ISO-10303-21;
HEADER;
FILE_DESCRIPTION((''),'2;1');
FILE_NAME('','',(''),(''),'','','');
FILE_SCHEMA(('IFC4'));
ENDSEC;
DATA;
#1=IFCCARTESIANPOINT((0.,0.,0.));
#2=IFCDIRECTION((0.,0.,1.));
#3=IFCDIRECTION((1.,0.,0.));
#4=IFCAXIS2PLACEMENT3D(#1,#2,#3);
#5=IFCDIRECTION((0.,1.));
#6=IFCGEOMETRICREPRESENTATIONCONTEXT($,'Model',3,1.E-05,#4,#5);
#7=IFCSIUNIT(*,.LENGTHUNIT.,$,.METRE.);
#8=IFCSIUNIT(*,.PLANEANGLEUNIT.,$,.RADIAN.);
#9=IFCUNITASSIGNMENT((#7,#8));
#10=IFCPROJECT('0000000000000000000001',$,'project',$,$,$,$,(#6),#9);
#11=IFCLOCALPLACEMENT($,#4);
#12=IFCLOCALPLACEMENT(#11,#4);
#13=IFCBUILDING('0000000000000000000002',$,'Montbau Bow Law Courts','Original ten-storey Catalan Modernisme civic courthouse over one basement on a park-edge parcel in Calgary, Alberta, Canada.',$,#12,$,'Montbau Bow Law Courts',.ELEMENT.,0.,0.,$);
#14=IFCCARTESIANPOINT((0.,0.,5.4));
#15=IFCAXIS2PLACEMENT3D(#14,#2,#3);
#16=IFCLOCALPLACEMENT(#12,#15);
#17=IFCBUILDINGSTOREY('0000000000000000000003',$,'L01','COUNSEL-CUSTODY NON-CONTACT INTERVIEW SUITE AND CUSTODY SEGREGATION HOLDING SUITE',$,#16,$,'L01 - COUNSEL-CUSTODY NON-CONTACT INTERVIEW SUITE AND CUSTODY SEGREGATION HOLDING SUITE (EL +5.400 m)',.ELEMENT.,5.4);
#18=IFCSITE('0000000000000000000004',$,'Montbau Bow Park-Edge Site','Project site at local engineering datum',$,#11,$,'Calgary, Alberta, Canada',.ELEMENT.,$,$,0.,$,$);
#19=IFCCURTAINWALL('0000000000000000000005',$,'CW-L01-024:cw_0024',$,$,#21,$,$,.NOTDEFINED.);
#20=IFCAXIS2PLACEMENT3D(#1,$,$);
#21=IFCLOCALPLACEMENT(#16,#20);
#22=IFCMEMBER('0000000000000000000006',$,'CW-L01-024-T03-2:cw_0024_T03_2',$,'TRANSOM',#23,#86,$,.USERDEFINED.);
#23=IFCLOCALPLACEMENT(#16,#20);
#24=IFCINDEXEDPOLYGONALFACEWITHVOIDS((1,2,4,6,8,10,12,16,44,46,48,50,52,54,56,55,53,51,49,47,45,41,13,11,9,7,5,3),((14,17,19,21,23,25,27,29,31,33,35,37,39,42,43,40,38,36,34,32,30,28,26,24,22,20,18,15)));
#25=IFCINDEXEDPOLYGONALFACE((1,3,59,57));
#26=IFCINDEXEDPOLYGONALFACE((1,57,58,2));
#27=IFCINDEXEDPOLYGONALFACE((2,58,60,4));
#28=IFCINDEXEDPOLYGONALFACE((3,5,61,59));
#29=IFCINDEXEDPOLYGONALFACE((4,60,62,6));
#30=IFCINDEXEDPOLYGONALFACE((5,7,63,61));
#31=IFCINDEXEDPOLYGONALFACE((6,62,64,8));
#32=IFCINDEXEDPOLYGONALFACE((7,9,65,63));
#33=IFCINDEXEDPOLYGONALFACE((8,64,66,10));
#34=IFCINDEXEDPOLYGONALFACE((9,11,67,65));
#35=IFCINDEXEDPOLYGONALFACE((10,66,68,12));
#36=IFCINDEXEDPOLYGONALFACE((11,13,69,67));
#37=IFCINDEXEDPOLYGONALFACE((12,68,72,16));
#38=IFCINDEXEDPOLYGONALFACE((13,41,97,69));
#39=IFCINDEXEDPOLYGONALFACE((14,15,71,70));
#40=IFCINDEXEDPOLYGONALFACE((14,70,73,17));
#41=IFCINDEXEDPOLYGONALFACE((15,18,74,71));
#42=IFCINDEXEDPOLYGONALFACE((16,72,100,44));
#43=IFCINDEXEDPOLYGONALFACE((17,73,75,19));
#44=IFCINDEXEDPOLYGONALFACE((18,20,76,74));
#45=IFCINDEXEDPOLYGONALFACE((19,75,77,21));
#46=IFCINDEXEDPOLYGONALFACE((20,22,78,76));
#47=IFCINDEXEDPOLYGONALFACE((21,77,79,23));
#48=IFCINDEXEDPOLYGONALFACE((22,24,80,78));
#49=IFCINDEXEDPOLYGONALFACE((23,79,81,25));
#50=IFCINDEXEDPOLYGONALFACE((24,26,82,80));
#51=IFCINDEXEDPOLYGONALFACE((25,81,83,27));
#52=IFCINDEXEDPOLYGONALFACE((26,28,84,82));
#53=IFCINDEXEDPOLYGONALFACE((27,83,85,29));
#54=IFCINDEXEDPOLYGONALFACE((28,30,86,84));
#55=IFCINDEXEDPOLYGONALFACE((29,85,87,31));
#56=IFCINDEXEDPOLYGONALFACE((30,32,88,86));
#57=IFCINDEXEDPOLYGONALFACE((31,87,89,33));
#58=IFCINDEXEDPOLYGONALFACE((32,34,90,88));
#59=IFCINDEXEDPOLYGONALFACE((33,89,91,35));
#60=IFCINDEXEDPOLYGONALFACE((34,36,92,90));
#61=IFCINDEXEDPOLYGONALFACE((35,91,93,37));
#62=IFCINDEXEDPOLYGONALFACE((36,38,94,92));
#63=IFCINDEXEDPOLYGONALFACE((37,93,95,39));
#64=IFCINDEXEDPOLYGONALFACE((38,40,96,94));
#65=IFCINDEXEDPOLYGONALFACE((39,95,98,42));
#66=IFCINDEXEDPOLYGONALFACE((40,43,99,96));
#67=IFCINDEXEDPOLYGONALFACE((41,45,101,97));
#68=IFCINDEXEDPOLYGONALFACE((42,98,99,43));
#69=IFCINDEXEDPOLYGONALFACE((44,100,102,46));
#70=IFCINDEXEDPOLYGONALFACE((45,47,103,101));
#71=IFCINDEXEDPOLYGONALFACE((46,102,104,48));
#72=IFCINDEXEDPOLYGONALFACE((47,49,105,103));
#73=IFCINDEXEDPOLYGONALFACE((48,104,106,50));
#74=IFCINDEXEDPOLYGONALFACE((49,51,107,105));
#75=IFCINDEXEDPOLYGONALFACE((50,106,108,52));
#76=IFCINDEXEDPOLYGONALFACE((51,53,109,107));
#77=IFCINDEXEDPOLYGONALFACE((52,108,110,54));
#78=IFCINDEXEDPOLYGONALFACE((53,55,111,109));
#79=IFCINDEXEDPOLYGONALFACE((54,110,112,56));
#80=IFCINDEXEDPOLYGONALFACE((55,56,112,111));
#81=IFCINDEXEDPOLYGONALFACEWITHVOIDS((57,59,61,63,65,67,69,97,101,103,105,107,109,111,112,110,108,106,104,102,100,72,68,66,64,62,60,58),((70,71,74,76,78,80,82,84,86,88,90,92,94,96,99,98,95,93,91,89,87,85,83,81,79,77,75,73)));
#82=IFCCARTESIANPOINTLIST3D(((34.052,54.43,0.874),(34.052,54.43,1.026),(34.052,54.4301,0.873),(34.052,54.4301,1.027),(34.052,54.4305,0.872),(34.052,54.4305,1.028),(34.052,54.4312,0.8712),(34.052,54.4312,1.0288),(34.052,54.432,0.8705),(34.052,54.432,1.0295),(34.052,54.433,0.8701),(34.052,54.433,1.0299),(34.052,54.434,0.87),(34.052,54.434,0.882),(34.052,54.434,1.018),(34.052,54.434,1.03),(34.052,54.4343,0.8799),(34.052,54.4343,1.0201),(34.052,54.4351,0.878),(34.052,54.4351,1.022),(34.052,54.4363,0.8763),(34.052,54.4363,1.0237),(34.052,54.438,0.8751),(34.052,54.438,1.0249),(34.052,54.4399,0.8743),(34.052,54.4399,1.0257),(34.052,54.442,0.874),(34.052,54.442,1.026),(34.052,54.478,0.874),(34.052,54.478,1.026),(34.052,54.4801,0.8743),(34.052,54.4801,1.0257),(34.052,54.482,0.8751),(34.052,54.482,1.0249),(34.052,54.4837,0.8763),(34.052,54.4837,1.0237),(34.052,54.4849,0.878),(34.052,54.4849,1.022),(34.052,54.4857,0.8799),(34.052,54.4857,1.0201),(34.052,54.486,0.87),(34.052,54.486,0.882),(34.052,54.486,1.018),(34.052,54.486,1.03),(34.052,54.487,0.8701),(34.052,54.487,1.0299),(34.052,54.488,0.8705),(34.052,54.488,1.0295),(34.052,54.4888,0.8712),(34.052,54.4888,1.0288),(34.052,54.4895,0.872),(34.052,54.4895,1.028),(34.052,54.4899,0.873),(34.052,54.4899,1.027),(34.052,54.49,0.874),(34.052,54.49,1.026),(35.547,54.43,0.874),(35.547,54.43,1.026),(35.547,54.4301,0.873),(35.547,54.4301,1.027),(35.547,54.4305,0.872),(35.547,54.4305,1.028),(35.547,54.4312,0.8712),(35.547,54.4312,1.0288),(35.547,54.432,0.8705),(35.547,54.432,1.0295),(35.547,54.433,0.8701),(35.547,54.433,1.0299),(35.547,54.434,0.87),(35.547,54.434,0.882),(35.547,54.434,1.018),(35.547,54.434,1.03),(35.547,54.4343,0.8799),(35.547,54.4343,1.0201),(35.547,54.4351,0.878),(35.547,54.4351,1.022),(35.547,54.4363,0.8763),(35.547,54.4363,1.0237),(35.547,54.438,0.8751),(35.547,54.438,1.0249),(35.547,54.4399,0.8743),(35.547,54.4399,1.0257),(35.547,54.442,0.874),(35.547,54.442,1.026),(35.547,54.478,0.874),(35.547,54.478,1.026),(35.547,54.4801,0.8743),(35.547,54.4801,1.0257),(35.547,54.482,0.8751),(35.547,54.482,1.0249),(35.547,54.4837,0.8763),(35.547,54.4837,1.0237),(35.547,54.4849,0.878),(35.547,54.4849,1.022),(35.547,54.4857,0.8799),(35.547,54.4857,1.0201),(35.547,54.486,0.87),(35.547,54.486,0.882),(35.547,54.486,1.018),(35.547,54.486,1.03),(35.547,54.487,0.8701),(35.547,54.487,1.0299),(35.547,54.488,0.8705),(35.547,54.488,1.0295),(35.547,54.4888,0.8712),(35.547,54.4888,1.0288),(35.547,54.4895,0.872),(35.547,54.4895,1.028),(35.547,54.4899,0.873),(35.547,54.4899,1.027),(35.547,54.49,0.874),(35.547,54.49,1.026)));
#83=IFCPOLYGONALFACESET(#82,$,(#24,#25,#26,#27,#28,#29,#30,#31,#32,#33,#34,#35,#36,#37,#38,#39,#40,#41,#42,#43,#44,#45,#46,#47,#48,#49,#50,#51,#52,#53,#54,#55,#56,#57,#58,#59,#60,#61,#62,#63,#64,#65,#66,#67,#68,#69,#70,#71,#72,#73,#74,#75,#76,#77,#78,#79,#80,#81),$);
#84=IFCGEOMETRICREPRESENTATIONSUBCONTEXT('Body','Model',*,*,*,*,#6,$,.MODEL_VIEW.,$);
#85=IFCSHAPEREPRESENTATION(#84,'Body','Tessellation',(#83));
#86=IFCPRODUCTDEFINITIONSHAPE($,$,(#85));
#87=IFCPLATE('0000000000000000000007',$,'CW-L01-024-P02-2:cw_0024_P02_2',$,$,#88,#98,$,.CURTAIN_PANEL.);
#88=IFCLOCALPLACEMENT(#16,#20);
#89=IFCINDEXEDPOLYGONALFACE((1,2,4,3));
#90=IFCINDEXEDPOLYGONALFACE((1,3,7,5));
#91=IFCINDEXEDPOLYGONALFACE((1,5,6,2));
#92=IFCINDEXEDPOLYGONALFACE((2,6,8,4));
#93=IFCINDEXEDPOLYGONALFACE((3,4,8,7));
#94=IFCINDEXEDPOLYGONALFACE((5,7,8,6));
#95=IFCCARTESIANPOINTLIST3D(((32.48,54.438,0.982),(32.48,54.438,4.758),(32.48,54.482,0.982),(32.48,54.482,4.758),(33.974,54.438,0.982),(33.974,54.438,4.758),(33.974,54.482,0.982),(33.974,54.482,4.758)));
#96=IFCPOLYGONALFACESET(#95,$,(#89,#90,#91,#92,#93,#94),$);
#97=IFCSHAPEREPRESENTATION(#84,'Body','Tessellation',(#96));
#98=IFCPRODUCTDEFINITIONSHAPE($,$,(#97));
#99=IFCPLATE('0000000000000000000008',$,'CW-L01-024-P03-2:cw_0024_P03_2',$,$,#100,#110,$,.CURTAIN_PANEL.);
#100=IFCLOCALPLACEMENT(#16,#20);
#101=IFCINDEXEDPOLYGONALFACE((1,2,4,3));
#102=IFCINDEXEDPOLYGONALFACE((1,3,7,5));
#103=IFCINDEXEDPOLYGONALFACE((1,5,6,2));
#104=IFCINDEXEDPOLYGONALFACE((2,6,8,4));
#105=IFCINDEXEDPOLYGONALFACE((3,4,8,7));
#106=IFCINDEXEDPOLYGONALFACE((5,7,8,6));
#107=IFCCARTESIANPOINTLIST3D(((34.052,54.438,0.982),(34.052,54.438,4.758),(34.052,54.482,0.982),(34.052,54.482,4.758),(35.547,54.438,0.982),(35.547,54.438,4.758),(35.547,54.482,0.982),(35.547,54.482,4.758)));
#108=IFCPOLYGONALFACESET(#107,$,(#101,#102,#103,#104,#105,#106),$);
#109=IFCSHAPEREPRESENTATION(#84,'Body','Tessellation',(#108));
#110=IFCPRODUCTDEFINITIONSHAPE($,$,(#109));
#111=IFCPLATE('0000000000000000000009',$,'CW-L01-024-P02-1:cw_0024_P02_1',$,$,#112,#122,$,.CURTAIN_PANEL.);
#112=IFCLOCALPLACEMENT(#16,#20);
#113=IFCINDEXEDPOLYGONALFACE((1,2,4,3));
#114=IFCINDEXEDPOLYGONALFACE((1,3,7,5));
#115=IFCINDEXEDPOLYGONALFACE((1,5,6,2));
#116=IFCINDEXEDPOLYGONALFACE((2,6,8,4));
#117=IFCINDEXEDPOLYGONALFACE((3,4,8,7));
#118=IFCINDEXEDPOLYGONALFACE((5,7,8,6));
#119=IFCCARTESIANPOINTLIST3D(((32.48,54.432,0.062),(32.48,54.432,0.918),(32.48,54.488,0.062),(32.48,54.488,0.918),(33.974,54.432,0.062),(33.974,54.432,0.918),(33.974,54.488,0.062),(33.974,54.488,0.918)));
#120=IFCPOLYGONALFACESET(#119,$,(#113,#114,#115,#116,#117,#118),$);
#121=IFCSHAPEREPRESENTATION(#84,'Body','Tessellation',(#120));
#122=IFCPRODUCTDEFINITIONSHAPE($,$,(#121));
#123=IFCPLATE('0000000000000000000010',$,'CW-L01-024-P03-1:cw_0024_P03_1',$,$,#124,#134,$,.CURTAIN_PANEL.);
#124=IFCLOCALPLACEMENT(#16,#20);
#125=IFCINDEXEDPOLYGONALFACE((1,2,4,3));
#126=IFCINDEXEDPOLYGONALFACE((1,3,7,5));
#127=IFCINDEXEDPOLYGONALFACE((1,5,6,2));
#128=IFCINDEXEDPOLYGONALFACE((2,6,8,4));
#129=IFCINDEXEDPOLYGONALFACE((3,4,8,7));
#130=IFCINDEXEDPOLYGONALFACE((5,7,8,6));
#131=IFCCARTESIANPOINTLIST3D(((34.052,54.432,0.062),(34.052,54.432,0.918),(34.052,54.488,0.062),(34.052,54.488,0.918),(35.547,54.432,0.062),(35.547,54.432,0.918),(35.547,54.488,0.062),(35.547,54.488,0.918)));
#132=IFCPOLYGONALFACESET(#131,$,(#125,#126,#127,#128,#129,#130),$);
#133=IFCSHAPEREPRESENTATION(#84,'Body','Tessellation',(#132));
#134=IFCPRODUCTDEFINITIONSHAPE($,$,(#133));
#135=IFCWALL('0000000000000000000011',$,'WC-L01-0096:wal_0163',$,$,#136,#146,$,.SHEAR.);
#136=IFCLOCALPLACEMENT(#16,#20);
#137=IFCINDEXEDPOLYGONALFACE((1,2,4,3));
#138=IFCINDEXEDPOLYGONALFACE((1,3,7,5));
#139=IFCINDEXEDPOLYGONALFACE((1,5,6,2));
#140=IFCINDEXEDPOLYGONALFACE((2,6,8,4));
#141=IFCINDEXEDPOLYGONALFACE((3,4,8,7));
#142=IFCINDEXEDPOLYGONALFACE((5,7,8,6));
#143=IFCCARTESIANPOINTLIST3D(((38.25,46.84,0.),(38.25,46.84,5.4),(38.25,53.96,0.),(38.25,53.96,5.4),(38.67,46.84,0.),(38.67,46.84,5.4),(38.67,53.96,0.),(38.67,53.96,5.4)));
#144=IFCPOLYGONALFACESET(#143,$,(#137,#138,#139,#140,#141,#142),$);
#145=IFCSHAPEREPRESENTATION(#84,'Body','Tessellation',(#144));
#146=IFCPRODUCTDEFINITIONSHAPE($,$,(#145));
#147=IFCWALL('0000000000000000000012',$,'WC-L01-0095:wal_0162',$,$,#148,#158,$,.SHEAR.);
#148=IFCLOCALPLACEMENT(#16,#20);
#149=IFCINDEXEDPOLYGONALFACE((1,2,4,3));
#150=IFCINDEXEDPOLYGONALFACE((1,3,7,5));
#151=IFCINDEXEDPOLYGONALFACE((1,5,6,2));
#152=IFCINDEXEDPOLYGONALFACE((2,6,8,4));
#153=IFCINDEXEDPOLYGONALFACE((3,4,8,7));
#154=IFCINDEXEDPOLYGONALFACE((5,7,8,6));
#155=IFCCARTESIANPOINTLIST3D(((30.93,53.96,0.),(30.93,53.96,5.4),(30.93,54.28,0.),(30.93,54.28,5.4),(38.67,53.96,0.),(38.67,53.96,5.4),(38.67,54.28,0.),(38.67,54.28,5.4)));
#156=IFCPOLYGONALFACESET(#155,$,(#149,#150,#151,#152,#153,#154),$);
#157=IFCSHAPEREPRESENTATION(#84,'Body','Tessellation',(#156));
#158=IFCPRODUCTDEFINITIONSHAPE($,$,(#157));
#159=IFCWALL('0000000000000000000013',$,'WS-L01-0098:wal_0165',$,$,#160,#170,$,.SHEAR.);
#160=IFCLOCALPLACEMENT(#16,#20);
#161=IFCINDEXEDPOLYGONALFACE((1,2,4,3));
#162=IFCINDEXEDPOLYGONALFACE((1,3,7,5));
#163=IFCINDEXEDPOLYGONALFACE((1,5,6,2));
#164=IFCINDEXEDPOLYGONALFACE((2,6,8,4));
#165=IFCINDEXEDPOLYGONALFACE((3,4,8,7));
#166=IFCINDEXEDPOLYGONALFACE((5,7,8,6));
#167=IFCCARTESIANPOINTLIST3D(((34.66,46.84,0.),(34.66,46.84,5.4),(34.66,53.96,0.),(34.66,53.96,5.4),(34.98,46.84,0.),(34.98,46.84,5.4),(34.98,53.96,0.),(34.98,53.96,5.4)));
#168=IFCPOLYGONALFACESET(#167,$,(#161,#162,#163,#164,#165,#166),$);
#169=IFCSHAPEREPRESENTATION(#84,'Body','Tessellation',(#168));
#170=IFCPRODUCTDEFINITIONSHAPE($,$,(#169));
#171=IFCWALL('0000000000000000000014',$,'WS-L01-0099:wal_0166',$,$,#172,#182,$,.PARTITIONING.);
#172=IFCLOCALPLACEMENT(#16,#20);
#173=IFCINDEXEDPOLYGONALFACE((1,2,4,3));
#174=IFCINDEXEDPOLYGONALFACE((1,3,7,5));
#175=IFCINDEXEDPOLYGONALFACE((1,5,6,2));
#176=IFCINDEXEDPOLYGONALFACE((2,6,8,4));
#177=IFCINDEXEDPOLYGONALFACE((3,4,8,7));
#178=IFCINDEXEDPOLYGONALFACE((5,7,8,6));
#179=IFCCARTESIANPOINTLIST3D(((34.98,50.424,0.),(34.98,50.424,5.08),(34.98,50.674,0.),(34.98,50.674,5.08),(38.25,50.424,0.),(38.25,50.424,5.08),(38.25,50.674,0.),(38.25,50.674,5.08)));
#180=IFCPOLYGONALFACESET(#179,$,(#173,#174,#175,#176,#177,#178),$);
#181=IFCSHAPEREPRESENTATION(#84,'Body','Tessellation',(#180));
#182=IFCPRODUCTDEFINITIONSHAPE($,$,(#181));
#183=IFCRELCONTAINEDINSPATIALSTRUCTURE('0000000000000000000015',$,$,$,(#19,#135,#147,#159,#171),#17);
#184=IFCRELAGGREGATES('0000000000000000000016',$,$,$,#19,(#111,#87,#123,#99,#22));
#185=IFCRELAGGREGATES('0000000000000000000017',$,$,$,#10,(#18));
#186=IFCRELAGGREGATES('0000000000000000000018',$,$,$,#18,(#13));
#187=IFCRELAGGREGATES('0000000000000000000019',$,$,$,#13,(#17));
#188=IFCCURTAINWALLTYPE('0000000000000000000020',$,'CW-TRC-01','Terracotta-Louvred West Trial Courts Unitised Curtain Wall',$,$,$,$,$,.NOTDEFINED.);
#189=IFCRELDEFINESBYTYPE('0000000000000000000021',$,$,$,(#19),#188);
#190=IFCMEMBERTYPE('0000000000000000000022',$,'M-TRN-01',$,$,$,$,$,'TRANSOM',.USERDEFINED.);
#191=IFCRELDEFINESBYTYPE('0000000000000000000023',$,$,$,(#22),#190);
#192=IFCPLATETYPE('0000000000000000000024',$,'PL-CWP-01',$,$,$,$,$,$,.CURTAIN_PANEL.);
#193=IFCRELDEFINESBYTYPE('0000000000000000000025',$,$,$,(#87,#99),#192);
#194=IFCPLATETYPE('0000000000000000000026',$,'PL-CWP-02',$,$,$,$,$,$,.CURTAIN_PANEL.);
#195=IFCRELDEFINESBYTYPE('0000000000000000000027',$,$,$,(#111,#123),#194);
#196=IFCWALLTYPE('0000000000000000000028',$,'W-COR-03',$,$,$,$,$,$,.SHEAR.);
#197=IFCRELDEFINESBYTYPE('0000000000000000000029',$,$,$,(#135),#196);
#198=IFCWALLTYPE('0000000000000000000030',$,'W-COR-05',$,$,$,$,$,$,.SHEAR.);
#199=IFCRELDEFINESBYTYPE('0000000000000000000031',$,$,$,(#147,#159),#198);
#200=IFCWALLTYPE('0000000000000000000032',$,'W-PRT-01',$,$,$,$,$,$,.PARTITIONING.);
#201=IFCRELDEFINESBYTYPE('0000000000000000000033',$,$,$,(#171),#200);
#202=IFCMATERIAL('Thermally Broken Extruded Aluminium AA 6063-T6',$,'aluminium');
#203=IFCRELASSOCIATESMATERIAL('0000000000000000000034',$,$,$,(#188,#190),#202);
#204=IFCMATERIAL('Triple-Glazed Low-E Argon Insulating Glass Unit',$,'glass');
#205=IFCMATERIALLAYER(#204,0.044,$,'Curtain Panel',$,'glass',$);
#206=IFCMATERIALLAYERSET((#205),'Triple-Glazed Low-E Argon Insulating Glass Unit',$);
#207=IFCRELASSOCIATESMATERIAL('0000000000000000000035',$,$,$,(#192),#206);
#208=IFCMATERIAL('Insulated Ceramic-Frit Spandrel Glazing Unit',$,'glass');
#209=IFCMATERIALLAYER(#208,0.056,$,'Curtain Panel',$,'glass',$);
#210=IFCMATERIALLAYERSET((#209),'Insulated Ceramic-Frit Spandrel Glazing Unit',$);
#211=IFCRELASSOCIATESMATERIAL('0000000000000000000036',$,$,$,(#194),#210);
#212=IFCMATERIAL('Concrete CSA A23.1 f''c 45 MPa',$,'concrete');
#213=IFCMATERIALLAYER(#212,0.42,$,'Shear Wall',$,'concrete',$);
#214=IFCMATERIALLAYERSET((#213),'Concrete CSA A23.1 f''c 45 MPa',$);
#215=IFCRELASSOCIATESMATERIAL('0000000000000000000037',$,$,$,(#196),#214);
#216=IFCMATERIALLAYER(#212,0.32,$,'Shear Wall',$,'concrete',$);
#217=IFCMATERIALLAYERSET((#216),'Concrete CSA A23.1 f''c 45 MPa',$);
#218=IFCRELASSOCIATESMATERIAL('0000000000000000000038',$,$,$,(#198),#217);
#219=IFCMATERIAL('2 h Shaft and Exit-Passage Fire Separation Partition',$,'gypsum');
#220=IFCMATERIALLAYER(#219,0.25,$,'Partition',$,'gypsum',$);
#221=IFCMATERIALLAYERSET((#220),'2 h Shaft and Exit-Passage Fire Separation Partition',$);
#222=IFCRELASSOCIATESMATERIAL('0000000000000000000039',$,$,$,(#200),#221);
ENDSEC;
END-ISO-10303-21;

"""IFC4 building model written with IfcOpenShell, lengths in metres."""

from ifc_helpers import new_model, si_unit, direction, frame, frame_2d, origin_with_axes, origin_2d_with_axis, place, context, subcontext, project, spatial, rectangle, hollow_rectangle, extrude, material, layer, layer_set, material_profile, profile_set, type_object, element, aggregate, save


model = new_model("IFC4")

# Units and contexts
model_context = context("Model", 3, precision=1e-05, world=origin_with_axes(), true_north=direction((0.0, 1.0)))
body_context = subcontext(model_context, "Body", "Model", "MODEL_VIEW")
ifc_project = project(units=[si_unit("LENGTHUNIT", "METRE"), si_unit("PLANEANGLEUNIT", "RADIAN")], contexts=[model_context])

# Site, building, storey
site_placement = place(None, origin_with_axes())
site = spatial("IfcSite", under=ifc_project, at=site_placement, Name="Montbau Bow Park-Edge Site", Description="Project site at local engineering datum", LongName="Calgary, Alberta, Canada", CompositionType="ELEMENT", RefElevation=0.0)
building_placement = place(site_placement, origin_with_axes())
building = spatial("IfcBuilding", under=site, at=building_placement, Name="Montbau Bow Law Courts", Description="Original ten-storey Catalan Modernisme civic courthouse over one basement on a park-edge parcel in Calgary, Alberta, Canada.", LongName="Montbau Bow Law Courts", CompositionType="ELEMENT", ElevationOfRefHeight=0.0, ElevationOfTerrain=0.0)
storey_placement = place(building_placement, frame((0.0, 0.0, 5.4), z_axis=(0.0, 0.0, 1.0), x_axis=(1.0, 0.0, 0.0)))
storey = spatial("IfcBuildingStorey", under=building, at=storey_placement, Name="L01", Description="COUNSEL-CUSTODY NON-CONTACT INTERVIEW SUITE AND CUSTODY SEGREGATION HOLDING SUITE", LongName="L01 - COUNSEL-CUSTODY NON-CONTACT INTERVIEW SUITE AND CUSTODY SEGREGATION HOLDING SUITE (EL +5.400 m)", CompositionType="ELEMENT", Elevation=5.4)

# Curtain wall
ifc_material_1 = material(Name="Thermally Broken Extruded Aluminium AA 6063-T6", Category="aluminium")
curtain_wall_type = type_object("IfcCurtainWallType", Name="CW-TRC-01", Description="Terracotta-Louvred West Trial Courts Unitised Curtain Wall", PredefinedType="NOTDEFINED", material=ifc_material_1)
curtain_wall_1_placement = place(None, frame((30.867, 54.46, 5.4), z_axis=(0.0, 0.0, 1.0), x_axis=(1.0, 0.0, 0.0)))
curtain_wall_1 = element("IfcCurtainWall", 1, at=curtain_wall_1_placement, inside=storey, type_object=curtain_wall_type, Name="CW-L01-024:cw_0024", PredefinedType="NOTDEFINED")

# Member
ifc_material_profile_1 = material_profile(ifc_material_1, hollow_rectangle(XDim=0.06, YDim=0.16, WallThickness=0.004, InnerFilletRadius=0.008, OuterFilletRadius=0.004, at=origin_2d_with_axis()), Name="CWT-160X60", Category="Main", Priority=0)
ifc_profile_set_1 = profile_set([ifc_material_profile_1], Name="Thermally Broken Extruded Aluminium AA 6063-T6")
member_type_1 = type_object("IfcMemberType", Name="M-TRN-01", ElementType="TRANSOM", PredefinedType="USERDEFINED", material=ifc_profile_set_1)
member_1_placement = place(None, frame((34.052, 54.46, 6.35), z_axis=(1.0, 0.0, 0.0), x_axis=(0.0, 1.0, 0.0)))
member_1 = element("IfcMember", 2, at=member_1_placement, type_object=member_type_1, Name="CW-L01-024-T03-2:cw_0024_T03_2", ObjectType="TRANSOM", PredefinedType="USERDEFINED", context=body_context, shape_type="SweptSolid", body=[
    extrude(hollow_rectangle(XDim=0.06, YDim=0.16, WallThickness=0.004, InnerFilletRadius=0.008, OuterFilletRadius=0.004, at=origin_2d_with_axis()), origin_with_axes(), (0.0, 0.0, 1.0), 1.495),
])

# Plates
ifc_material_2 = material(Name="Triple-Glazed Low-E Argon Insulating Glass Unit", Category="glass")
ifc_layer_1 = layer(ifc_material_2, 0.044, Name="Curtain Panel", Category="glass")
ifc_layer_set_1 = layer_set([ifc_layer_1], Name="Triple-Glazed Low-E Argon Insulating Glass Unit")
plate_type_1 = type_object("IfcPlateType", Name="PL-CWP-01", PredefinedType="CURTAIN_PANEL", material=ifc_layer_set_1)
plate_1_placement = place(None, frame((32.48, 54.46, 6.382), z_axis=(0.0, -1.0, 0.0), x_axis=(1.0, 0.0, 0.0)))
plate_1 = element("IfcPlate", 3, at=plate_1_placement, type_object=plate_type_1, Name="CW-L01-024-P02-2:cw_0024_P02_2", PredefinedType="CURTAIN_PANEL", context=body_context, shape_type="SweptSolid", body=[
    extrude(rectangle(XDim=1.494, YDim=3.776, at=frame_2d((0.747, 1.888), x_axis=(1.0, 0.0))), frame((0.0, 0.0, -0.022), z_axis=(0.0, 0.0, 1.0), x_axis=(1.0, 0.0, 0.0)), (0.0, 0.0, 1.0), 0.044),
])
plate_2_placement = place(None, frame((34.052, 54.46, 6.382), z_axis=(0.0, -1.0, 0.0), x_axis=(1.0, 0.0, 0.0)))
plate_2 = element("IfcPlate", 4, at=plate_2_placement, type_object=plate_type_1, Name="CW-L01-024-P03-2:cw_0024_P03_2", PredefinedType="CURTAIN_PANEL", context=body_context, shape_type="SweptSolid", body=[
    extrude(rectangle(XDim=1.495, YDim=3.776, at=frame_2d((0.7475, 1.888), x_axis=(1.0, 0.0))), frame((0.0, 0.0, -0.022), z_axis=(0.0, 0.0, 1.0), x_axis=(1.0, 0.0, 0.0)), (0.0, 0.0, 1.0), 0.044),
])
ifc_material_3 = material(Name="Insulated Ceramic-Frit Spandrel Glazing Unit", Category="glass")
ifc_layer_2 = layer(ifc_material_3, 0.056, Name="Curtain Panel", Category="glass")
ifc_layer_set_2 = layer_set([ifc_layer_2], Name="Insulated Ceramic-Frit Spandrel Glazing Unit")
plate_type_2 = type_object("IfcPlateType", Name="PL-CWP-02", PredefinedType="CURTAIN_PANEL", material=ifc_layer_set_2)
plate_3_placement = place(None, frame((32.48, 54.46, 5.462), z_axis=(0.0, -1.0, 0.0), x_axis=(1.0, 0.0, 0.0)))
plate_3 = element("IfcPlate", 5, at=plate_3_placement, type_object=plate_type_2, Name="CW-L01-024-P02-1:cw_0024_P02_1", PredefinedType="CURTAIN_PANEL", context=body_context, shape_type="SweptSolid", body=[
    extrude(rectangle(XDim=1.494, YDim=0.856, at=frame_2d((0.747, 0.428), x_axis=(1.0, 0.0))), frame((0.0, 0.0, -0.028), z_axis=(0.0, 0.0, 1.0), x_axis=(1.0, 0.0, 0.0)), (0.0, 0.0, 1.0), 0.056),
])
plate_4_placement = place(None, frame((34.052, 54.46, 5.462), z_axis=(0.0, -1.0, 0.0), x_axis=(1.0, 0.0, 0.0)))
plate_4 = element("IfcPlate", 6, at=plate_4_placement, type_object=plate_type_2, Name="CW-L01-024-P03-1:cw_0024_P03_1", PredefinedType="CURTAIN_PANEL", context=body_context, shape_type="SweptSolid", body=[
    extrude(rectangle(XDim=1.495, YDim=0.856, at=frame_2d((0.7475, 0.428), x_axis=(1.0, 0.0))), frame((0.0, 0.0, -0.028), z_axis=(0.0, 0.0, 1.0), x_axis=(1.0, 0.0, 0.0)), (0.0, 0.0, 1.0), 0.056),
])
aggregate(curtain_wall_1, [plate_3, plate_1, plate_4, plate_2, member_1])

# Walls
ifc_material_4 = material(Name="Concrete CSA A23.1 f'c 45 MPa", Category="concrete")
ifc_layer_3 = layer(ifc_material_4, 0.42, Name="Shear Wall", Category="concrete")
ifc_layer_set_3 = layer_set([ifc_layer_3], Name="Concrete CSA A23.1 f'c 45 MPa")
wall_type_1 = type_object("IfcWallType", Name="W-COR-03", PredefinedType="SHEAR", material=ifc_layer_set_3)
wall_1_placement = place(None, frame((38.46, 46.84, 5.4), z_axis=(0.0, 0.0, 1.0), x_axis=(0.0, 1.0, 0.0)))
element("IfcWall", 7, at=wall_1_placement, inside=storey, type_object=wall_type_1, Name="WC-L01-0096:wal_0163", PredefinedType="SHEAR", context=body_context, shape_type="SweptSolid", body=[
    extrude(rectangle(XDim=7.12, YDim=0.42, at=frame_2d((3.56, 0.0), x_axis=(1.0, 0.0))), origin_with_axes(), (0.0, 0.0, 1.0), 5.4),
])
ifc_layer_4 = layer(ifc_material_4, 0.32, Name="Shear Wall", Category="concrete")
ifc_layer_set_4 = layer_set([ifc_layer_4], Name="Concrete CSA A23.1 f'c 45 MPa")
wall_type_2 = type_object("IfcWallType", Name="W-COR-05", PredefinedType="SHEAR", material=ifc_layer_set_4)
wall_2_placement = place(None, frame((38.67, 54.12, 5.4), z_axis=(0.0, 0.0, 1.0), x_axis=(-1.0, 0.0, 0.0)))
element("IfcWall", 8, at=wall_2_placement, inside=storey, type_object=wall_type_2, Name="WC-L01-0095:wal_0162", PredefinedType="SHEAR", context=body_context, shape_type="SweptSolid", body=[
    extrude(rectangle(XDim=7.74, YDim=0.32, at=frame_2d((3.87, 0.0), x_axis=(1.0, 0.0))), origin_with_axes(), (0.0, 0.0, 1.0), 5.4),
])
wall_3_placement = place(None, frame((34.82, 46.84, 5.4), z_axis=(0.0, 0.0, 1.0), x_axis=(0.0, 1.0, 0.0)))
element("IfcWall", 9, at=wall_3_placement, inside=storey, type_object=wall_type_2, Name="WS-L01-0098:wal_0165", PredefinedType="SHEAR", context=body_context, shape_type="SweptSolid", body=[
    extrude(rectangle(XDim=7.12, YDim=0.32, at=frame_2d((3.56, 0.0), x_axis=(1.0, 0.0))), origin_with_axes(), (0.0, 0.0, 1.0), 5.4),
])
ifc_material_5 = material(Name="2 h Shaft and Exit-Passage Fire Separation Partition", Category="gypsum")
ifc_layer_5 = layer(ifc_material_5, 0.25, Name="Partition", Category="gypsum")
ifc_layer_set_5 = layer_set([ifc_layer_5], Name="2 h Shaft and Exit-Passage Fire Separation Partition")
wall_type_3 = type_object("IfcWallType", Name="W-PRT-01", PredefinedType="PARTITIONING", material=ifc_layer_set_5)
wall_4_placement = place(None, frame((34.98, 50.549, 5.4), z_axis=(0.0, 0.0, 1.0), x_axis=(1.0, 0.0, 0.0)))
element("IfcWall", 10, at=wall_4_placement, inside=storey, type_object=wall_type_3, Name="WS-L01-0099:wal_0166", PredefinedType="PARTITIONING", context=body_context, shape_type="SweptSolid", body=[
    extrude(rectangle(XDim=3.27, YDim=0.25, at=frame_2d((1.635, 0.0), x_axis=(1.0, 0.0))), origin_with_axes(), (0.0, 0.0, 1.0), 5.08),
])

save(model, "model.ifc")
